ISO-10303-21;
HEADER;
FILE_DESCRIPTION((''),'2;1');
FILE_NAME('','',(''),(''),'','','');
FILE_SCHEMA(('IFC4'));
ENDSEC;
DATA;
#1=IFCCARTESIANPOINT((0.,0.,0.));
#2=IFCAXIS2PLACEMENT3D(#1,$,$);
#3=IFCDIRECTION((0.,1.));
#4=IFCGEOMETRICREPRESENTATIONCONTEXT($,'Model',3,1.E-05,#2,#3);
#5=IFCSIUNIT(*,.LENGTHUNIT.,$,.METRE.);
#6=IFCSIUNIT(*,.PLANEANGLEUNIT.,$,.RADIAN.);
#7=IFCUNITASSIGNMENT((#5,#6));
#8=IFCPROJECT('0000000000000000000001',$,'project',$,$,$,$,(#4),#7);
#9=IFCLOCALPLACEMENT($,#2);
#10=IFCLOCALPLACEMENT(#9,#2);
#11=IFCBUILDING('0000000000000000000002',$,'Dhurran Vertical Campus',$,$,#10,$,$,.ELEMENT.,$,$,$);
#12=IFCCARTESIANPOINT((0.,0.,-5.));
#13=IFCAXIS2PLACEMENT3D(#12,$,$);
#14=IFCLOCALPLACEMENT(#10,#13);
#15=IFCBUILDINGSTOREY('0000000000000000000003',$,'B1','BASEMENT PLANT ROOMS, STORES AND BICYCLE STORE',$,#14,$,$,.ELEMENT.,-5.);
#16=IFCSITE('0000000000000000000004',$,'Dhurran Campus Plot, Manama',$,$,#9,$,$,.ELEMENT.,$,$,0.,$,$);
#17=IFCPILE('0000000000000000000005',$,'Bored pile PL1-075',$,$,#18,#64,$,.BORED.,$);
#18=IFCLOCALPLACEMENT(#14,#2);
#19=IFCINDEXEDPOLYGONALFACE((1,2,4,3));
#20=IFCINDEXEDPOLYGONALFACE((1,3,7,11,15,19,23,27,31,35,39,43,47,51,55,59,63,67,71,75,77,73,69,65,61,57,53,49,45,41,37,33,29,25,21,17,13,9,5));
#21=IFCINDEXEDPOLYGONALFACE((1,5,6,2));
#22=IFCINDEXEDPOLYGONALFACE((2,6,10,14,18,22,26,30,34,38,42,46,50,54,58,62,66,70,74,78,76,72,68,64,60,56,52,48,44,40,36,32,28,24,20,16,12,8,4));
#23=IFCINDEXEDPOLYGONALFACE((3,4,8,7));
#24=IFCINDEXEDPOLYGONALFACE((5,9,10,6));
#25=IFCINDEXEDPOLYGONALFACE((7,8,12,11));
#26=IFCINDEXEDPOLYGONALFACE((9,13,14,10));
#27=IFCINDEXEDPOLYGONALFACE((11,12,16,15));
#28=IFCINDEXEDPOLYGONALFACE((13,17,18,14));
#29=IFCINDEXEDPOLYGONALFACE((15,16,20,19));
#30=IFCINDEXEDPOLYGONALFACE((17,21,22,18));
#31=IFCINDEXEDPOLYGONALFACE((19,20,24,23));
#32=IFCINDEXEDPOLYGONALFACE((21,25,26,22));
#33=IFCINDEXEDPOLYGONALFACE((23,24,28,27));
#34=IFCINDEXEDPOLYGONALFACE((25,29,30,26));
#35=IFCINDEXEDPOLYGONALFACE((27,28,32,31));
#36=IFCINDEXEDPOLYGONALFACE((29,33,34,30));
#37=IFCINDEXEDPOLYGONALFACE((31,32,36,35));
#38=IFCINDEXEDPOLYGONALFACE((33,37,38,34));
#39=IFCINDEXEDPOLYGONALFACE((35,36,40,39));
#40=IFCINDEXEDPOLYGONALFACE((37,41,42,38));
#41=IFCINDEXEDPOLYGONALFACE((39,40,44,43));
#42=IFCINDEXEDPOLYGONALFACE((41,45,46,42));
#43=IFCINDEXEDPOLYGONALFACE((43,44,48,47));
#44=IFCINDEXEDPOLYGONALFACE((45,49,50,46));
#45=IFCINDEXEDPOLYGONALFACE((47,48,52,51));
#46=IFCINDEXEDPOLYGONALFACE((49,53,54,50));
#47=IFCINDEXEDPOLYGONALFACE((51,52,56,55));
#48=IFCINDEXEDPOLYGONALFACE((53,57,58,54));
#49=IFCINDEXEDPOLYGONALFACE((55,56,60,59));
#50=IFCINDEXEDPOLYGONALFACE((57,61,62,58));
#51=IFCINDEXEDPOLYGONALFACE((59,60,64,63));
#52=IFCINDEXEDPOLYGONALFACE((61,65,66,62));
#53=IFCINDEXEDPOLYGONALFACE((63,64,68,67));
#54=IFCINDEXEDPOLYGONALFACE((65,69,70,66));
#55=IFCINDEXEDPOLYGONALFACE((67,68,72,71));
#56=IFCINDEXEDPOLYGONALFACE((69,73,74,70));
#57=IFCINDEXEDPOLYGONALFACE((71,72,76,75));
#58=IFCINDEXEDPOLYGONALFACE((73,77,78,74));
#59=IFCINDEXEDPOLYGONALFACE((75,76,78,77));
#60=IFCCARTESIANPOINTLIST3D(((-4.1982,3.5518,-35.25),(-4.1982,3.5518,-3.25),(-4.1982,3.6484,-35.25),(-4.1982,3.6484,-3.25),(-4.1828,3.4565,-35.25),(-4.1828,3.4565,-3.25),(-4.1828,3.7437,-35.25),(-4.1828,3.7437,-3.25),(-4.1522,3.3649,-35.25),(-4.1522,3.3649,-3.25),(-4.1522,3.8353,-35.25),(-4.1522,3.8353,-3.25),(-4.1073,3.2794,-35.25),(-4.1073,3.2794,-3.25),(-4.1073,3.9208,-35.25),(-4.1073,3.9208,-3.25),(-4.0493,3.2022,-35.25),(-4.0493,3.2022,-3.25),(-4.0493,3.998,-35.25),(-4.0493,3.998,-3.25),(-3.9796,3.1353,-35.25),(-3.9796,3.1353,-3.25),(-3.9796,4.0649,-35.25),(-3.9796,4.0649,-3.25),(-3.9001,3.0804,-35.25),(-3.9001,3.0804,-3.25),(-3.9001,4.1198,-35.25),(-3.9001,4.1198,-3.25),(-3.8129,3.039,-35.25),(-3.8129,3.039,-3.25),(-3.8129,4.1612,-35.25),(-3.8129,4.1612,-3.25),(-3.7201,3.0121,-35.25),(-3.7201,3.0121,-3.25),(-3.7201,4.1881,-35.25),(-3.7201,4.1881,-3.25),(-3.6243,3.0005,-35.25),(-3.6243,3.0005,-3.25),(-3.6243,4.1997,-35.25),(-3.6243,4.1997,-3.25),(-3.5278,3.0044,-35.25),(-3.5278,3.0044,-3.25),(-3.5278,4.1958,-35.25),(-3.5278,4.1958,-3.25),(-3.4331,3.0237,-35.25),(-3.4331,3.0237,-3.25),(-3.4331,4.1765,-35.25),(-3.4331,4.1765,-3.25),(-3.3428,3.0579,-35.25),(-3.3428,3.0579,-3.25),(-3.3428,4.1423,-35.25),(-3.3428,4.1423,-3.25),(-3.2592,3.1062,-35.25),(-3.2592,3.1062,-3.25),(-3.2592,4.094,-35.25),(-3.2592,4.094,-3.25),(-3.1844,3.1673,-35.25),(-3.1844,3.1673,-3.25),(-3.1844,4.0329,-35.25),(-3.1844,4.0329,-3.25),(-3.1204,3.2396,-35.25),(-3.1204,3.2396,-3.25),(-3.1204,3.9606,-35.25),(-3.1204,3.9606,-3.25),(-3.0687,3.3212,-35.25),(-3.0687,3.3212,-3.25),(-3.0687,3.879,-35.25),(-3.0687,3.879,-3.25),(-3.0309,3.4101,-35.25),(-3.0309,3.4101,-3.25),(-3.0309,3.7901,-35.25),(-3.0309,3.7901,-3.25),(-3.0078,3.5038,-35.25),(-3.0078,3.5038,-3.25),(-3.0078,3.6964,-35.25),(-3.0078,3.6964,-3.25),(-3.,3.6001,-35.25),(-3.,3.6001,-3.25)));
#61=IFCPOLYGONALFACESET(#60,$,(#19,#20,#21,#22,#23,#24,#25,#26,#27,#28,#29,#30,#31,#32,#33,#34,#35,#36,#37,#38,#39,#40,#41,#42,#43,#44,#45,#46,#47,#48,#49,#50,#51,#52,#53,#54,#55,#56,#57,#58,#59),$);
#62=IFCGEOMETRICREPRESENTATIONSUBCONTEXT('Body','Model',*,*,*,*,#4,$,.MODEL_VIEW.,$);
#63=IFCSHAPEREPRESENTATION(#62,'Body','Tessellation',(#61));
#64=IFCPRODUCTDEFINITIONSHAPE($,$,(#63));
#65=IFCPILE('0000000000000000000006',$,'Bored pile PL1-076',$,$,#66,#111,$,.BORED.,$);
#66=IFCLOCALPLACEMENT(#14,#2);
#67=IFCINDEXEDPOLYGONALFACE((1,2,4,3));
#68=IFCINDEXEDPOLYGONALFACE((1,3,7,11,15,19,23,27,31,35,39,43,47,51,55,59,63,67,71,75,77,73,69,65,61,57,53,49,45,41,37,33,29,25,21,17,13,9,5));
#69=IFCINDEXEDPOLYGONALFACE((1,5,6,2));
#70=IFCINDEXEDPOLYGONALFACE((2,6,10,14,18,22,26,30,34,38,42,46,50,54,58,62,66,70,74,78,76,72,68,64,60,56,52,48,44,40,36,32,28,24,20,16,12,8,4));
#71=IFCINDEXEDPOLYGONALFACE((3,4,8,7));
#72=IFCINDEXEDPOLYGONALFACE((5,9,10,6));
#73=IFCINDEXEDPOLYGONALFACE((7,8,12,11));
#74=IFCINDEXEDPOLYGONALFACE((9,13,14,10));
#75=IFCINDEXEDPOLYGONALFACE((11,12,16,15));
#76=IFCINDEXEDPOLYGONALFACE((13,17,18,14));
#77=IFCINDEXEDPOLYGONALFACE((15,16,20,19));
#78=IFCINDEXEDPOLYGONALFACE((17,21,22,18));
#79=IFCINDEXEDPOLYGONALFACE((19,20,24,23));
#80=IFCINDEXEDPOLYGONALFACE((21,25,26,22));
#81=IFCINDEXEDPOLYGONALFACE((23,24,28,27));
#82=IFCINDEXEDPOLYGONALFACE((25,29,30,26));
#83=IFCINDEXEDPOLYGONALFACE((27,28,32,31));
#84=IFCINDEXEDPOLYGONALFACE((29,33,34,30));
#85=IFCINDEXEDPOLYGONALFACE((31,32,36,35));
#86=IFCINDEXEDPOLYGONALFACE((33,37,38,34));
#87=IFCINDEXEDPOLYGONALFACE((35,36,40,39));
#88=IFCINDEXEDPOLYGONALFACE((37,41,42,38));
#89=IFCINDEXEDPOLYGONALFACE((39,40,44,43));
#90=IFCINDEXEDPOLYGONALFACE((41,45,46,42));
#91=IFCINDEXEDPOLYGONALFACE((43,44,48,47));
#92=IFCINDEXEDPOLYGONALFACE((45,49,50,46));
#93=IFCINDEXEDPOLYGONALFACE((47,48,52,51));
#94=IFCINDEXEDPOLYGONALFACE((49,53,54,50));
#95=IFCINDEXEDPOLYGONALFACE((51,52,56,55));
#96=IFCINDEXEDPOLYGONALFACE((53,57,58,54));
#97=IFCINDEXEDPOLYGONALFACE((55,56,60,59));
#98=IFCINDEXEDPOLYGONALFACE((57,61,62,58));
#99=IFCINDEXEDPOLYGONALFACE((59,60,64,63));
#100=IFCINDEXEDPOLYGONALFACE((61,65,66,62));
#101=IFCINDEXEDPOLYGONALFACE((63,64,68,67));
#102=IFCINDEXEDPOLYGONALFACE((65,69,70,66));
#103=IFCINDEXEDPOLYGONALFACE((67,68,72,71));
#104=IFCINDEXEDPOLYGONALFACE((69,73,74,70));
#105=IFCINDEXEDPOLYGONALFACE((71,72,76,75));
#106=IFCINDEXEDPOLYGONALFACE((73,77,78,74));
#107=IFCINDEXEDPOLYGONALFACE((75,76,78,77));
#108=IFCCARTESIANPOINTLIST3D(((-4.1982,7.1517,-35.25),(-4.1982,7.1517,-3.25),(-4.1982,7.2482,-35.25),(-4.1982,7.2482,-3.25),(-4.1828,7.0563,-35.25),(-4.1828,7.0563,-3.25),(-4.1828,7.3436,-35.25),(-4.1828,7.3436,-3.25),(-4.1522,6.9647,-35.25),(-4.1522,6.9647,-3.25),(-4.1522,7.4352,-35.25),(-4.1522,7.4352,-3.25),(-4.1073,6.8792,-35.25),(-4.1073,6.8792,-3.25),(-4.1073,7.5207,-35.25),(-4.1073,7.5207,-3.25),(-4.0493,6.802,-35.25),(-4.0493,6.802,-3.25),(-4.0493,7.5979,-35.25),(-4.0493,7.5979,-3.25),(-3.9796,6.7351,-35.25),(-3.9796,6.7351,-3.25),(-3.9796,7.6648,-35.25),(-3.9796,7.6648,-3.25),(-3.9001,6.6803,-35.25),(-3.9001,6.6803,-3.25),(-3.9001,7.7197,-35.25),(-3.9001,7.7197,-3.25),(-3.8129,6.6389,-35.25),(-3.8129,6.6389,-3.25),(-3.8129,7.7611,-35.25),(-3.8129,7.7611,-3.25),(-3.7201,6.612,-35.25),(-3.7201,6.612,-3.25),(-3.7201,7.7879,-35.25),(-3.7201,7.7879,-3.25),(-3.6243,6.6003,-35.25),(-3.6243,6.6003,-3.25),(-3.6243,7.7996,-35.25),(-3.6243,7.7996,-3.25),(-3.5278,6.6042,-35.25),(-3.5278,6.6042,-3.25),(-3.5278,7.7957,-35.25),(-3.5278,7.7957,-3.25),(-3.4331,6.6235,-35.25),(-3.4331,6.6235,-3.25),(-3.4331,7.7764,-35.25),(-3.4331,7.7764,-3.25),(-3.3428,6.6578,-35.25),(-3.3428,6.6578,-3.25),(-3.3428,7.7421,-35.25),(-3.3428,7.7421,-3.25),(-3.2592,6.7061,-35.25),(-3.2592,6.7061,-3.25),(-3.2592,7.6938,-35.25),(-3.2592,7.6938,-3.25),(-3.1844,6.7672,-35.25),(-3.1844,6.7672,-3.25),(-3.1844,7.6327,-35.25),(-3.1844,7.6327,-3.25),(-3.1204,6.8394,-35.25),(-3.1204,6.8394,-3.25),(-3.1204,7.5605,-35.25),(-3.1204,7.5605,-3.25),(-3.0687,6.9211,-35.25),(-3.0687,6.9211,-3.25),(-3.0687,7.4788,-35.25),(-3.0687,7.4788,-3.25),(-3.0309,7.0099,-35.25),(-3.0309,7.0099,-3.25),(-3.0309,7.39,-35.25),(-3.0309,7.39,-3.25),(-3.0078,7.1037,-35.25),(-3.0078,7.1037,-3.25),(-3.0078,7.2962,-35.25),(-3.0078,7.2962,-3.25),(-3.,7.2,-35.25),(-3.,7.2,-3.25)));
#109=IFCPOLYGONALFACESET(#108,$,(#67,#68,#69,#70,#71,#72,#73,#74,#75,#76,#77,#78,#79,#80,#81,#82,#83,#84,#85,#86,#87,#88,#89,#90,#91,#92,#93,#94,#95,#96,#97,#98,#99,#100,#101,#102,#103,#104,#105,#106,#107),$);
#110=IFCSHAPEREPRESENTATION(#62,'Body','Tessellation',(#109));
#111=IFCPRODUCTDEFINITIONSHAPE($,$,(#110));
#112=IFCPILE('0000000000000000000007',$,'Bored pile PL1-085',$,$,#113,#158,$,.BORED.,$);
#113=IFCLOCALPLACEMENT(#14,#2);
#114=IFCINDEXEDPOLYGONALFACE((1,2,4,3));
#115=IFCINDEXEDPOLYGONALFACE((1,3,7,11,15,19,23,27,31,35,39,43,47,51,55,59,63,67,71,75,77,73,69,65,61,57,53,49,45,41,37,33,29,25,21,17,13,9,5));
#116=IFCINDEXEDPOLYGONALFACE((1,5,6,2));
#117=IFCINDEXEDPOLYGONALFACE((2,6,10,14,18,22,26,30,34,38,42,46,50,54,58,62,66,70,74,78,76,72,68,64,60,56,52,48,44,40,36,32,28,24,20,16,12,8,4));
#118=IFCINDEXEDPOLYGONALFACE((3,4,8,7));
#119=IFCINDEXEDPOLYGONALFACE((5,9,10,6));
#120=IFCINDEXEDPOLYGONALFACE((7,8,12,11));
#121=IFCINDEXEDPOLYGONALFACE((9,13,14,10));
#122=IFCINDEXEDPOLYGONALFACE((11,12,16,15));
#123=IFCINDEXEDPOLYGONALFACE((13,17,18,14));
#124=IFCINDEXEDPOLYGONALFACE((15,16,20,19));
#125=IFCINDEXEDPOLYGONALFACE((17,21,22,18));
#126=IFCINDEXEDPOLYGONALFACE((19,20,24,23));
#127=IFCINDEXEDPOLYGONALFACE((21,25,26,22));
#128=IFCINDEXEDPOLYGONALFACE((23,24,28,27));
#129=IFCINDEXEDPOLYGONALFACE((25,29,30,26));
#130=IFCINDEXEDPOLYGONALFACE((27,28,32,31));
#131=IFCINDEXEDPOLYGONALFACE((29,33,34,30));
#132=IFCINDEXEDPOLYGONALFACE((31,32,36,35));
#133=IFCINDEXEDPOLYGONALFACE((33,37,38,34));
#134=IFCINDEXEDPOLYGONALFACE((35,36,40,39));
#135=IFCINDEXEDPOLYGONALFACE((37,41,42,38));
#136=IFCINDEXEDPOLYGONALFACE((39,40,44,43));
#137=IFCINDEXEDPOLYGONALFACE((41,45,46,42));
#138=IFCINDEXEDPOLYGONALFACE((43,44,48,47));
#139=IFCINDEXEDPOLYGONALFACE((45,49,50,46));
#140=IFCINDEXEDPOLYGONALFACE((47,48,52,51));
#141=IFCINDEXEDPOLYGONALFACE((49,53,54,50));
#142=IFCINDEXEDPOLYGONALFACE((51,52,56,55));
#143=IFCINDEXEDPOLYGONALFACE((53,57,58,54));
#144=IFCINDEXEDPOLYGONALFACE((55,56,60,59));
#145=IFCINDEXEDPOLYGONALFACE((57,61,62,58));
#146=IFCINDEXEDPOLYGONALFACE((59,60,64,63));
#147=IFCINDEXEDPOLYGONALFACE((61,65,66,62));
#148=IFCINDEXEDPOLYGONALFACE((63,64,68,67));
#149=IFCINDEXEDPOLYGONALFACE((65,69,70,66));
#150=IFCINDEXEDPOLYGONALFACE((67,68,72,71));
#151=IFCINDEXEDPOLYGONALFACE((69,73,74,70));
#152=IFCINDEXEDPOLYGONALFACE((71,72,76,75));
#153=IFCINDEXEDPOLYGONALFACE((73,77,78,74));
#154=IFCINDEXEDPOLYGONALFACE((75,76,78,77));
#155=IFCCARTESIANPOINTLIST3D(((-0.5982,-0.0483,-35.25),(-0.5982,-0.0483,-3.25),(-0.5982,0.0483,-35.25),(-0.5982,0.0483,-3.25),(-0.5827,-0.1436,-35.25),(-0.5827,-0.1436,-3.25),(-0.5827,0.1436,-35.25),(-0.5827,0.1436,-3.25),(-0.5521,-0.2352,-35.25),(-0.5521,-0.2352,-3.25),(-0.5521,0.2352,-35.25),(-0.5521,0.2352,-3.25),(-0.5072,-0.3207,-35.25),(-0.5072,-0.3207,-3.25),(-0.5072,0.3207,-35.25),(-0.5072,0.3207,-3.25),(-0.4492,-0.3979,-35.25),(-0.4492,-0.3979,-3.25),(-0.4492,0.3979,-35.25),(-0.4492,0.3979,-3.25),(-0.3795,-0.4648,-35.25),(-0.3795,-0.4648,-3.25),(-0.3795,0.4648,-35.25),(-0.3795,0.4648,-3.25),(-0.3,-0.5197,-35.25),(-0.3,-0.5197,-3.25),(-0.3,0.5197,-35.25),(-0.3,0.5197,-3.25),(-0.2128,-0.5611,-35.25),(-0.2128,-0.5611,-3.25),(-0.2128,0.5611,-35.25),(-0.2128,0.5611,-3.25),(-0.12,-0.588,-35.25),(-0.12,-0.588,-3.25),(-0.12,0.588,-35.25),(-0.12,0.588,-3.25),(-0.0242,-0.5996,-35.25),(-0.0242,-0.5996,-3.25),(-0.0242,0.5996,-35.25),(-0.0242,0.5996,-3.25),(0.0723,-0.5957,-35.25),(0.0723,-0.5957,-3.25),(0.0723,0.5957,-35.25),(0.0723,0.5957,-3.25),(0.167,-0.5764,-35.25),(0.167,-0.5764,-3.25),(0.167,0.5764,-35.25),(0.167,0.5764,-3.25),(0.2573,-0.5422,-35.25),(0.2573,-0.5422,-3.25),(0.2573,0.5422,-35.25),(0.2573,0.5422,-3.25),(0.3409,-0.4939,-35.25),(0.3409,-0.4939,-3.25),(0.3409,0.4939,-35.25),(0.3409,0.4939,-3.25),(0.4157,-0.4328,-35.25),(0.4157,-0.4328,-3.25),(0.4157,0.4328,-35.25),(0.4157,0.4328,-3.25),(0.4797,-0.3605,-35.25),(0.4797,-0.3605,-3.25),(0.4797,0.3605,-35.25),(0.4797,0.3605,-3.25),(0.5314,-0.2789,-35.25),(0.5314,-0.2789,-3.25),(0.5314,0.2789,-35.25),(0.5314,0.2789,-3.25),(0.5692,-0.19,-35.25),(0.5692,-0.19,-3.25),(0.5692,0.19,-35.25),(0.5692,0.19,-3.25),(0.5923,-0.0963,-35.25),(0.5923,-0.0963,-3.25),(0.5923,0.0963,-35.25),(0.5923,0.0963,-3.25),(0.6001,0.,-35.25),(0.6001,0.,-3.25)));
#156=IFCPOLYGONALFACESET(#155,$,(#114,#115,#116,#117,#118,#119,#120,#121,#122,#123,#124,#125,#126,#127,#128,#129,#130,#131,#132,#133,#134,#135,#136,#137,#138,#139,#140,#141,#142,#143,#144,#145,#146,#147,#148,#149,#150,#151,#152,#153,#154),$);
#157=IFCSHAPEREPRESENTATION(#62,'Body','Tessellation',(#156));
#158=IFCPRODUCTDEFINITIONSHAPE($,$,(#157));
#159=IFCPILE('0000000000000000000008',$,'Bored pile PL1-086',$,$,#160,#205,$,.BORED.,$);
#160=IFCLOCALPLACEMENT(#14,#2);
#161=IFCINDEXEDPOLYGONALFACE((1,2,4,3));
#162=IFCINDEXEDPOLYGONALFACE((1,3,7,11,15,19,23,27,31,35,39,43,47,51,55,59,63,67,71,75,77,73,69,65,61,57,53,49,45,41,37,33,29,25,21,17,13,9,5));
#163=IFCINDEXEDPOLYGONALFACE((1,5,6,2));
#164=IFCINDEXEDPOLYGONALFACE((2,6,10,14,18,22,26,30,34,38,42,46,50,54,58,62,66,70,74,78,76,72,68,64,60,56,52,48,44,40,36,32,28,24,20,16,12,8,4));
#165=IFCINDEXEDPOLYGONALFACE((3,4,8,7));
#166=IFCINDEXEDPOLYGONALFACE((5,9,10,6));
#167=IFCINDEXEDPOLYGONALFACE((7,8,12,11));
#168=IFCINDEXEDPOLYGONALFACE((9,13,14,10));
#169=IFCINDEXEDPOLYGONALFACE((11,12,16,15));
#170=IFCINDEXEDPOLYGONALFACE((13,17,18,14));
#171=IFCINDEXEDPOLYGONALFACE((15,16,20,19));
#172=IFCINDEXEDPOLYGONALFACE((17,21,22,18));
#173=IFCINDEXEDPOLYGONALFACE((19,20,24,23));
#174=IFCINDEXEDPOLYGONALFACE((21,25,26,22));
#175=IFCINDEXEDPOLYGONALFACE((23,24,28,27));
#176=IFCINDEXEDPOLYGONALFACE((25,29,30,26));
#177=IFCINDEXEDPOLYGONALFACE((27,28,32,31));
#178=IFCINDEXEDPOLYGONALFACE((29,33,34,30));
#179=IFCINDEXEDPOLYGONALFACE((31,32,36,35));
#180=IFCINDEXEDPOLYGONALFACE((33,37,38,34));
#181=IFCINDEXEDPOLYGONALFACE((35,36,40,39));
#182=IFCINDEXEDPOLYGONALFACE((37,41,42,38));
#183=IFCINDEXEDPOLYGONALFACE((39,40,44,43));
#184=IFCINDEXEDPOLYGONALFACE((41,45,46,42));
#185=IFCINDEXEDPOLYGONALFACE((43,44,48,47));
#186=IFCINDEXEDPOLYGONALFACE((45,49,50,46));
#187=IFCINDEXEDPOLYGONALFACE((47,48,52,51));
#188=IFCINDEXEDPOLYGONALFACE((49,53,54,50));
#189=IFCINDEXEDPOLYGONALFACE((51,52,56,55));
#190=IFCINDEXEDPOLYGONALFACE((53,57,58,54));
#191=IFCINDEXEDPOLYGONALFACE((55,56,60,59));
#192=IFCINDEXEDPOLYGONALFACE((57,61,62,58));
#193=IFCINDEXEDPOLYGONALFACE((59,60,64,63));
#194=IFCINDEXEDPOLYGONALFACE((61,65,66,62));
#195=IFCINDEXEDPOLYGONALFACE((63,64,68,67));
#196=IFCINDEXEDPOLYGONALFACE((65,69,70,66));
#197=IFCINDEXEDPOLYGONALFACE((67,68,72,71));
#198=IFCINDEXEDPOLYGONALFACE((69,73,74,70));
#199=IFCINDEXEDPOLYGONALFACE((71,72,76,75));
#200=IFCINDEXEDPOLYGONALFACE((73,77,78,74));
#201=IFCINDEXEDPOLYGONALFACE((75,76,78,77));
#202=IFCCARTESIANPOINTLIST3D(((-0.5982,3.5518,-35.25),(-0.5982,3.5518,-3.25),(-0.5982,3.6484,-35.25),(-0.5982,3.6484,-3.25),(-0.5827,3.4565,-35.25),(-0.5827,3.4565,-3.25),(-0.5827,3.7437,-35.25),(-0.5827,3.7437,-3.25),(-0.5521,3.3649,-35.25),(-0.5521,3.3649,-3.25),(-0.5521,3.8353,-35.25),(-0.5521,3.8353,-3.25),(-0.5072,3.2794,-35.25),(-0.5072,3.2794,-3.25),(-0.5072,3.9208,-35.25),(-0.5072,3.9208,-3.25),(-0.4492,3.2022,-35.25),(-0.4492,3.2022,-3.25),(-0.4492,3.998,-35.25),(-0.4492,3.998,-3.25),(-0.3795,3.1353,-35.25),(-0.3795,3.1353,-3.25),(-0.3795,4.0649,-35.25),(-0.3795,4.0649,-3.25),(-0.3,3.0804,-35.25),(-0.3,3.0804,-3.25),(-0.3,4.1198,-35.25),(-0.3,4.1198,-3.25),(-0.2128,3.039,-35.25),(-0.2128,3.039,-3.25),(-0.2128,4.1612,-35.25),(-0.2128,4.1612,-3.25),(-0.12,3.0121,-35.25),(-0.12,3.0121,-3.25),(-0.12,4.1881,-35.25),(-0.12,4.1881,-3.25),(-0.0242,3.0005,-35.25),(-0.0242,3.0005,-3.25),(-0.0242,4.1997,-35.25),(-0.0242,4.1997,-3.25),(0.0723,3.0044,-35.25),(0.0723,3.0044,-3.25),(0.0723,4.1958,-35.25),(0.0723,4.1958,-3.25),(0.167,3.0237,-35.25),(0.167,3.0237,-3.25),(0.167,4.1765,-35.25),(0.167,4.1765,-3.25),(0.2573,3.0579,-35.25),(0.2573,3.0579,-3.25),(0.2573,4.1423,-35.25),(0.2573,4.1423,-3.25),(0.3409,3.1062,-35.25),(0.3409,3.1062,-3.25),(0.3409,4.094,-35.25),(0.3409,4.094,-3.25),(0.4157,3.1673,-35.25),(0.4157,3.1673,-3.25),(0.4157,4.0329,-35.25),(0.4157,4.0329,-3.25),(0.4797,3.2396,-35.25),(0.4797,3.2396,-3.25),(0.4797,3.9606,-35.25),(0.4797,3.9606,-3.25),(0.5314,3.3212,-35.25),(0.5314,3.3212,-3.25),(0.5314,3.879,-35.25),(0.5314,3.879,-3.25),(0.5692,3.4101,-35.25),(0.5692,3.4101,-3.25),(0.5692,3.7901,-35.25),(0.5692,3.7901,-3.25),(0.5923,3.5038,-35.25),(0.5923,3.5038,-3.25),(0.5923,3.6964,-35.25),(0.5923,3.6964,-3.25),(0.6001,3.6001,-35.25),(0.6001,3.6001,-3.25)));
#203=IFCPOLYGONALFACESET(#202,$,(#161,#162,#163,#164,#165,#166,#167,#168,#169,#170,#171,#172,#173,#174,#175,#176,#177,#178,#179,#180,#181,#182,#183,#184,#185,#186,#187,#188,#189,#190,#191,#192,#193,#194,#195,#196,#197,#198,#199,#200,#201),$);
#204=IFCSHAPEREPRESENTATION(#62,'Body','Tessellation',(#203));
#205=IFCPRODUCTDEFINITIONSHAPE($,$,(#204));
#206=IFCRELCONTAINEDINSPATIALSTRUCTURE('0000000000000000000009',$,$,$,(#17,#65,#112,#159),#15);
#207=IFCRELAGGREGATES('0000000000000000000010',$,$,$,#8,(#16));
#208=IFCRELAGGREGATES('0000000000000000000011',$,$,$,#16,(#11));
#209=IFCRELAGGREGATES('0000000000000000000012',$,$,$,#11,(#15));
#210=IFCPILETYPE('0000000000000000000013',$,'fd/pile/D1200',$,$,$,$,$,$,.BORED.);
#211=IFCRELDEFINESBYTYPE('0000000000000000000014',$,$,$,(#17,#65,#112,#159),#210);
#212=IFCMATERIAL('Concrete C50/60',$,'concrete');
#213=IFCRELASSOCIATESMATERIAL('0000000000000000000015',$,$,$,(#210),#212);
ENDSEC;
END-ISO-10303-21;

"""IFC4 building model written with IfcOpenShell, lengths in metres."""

from ifc_helpers import new_model, si_unit, direction, frame, origin, origin_2d, place, context, subcontext, project, spatial, circle, extrude, material, material_profile, profile_set, type_object, element, save


model = new_model("IFC4")

# Units and contexts
model_context = context("Model", 3, precision=1e-05, world=origin(), true_north=direction((0.0, 1.0)))
body_context = subcontext(model_context, "Body", "Model", "MODEL_VIEW")
ifc_project = project(units=[si_unit("LENGTHUNIT", "METRE"), si_unit("PLANEANGLEUNIT", "RADIAN")], contexts=[model_context])

# Site, building, storey
site_placement = place(None, origin())
site = spatial("IfcSite", under=ifc_project, at=site_placement, Name="Dhurran Campus Plot, Manama", CompositionType="ELEMENT", RefElevation=0.0)
building_placement = place(site_placement, origin())
building = spatial("IfcBuilding", under=site, at=building_placement, Name="Dhurran Vertical Campus", CompositionType="ELEMENT")
storey_placement = place(building_placement, frame((0.0, 0.0, -5.0)))
storey = spatial("IfcBuildingStorey", under=building, at=storey_placement, Name="B1", Description="BASEMENT PLANT ROOMS, STORES AND BICYCLE STORE", CompositionType="ELEMENT", Elevation=-5.0)

# Piles
ifc_material_1 = material(Name="Concrete C50/60", Category="concrete")
ifc_material_profile = material_profile(ifc_material_1, circle(Radius=0.6001, at=origin_2d()), Name="fd/pile/D1200")
ifc_profile_set = profile_set([ifc_material_profile], Name="Concrete C50/60")
pile_type = type_object("IfcPileType", Name="fd/pile/D1200", PredefinedType="BORED", material=ifc_profile_set)
for number, where, z_axis, x_axis, name in (
    (1, (-3.6001, 3.6001, -3.25), (0.0, 0.0, -1.0), (1.0, 0.0, 0.0), "Bored pile PL1-075"),
    (2, (-3.6001, 7.2, -3.25), (0.0, 0.0, -1.0), (1.0, 0.0, 0.0), "Bored pile PL1-076"),
    (3, (0.0, 0.0, -3.25), (0.0, 0.0, -1.0), (1.0, 0.0, 0.0), "Bored pile PL1-085"),
    (4, (0.0, 3.6001, -3.25), (0.0, 0.0, -1.0), (1.0, 0.0, 0.0), "Bored pile PL1-086"),
):
    element("IfcPile", number, at=place(storey_placement, frame(where, z_axis=z_axis, x_axis=x_axis)), inside=storey, type_object=pile_type, Name=name, PredefinedType="BORED", context=body_context, shape_type="SweptSolid", body=[
        extrude(circle(Radius=0.6001, at=origin_2d()), origin(), (0.0, 0.0, 1.0), 32.0),
    ])

save(model, "model.ifc")
